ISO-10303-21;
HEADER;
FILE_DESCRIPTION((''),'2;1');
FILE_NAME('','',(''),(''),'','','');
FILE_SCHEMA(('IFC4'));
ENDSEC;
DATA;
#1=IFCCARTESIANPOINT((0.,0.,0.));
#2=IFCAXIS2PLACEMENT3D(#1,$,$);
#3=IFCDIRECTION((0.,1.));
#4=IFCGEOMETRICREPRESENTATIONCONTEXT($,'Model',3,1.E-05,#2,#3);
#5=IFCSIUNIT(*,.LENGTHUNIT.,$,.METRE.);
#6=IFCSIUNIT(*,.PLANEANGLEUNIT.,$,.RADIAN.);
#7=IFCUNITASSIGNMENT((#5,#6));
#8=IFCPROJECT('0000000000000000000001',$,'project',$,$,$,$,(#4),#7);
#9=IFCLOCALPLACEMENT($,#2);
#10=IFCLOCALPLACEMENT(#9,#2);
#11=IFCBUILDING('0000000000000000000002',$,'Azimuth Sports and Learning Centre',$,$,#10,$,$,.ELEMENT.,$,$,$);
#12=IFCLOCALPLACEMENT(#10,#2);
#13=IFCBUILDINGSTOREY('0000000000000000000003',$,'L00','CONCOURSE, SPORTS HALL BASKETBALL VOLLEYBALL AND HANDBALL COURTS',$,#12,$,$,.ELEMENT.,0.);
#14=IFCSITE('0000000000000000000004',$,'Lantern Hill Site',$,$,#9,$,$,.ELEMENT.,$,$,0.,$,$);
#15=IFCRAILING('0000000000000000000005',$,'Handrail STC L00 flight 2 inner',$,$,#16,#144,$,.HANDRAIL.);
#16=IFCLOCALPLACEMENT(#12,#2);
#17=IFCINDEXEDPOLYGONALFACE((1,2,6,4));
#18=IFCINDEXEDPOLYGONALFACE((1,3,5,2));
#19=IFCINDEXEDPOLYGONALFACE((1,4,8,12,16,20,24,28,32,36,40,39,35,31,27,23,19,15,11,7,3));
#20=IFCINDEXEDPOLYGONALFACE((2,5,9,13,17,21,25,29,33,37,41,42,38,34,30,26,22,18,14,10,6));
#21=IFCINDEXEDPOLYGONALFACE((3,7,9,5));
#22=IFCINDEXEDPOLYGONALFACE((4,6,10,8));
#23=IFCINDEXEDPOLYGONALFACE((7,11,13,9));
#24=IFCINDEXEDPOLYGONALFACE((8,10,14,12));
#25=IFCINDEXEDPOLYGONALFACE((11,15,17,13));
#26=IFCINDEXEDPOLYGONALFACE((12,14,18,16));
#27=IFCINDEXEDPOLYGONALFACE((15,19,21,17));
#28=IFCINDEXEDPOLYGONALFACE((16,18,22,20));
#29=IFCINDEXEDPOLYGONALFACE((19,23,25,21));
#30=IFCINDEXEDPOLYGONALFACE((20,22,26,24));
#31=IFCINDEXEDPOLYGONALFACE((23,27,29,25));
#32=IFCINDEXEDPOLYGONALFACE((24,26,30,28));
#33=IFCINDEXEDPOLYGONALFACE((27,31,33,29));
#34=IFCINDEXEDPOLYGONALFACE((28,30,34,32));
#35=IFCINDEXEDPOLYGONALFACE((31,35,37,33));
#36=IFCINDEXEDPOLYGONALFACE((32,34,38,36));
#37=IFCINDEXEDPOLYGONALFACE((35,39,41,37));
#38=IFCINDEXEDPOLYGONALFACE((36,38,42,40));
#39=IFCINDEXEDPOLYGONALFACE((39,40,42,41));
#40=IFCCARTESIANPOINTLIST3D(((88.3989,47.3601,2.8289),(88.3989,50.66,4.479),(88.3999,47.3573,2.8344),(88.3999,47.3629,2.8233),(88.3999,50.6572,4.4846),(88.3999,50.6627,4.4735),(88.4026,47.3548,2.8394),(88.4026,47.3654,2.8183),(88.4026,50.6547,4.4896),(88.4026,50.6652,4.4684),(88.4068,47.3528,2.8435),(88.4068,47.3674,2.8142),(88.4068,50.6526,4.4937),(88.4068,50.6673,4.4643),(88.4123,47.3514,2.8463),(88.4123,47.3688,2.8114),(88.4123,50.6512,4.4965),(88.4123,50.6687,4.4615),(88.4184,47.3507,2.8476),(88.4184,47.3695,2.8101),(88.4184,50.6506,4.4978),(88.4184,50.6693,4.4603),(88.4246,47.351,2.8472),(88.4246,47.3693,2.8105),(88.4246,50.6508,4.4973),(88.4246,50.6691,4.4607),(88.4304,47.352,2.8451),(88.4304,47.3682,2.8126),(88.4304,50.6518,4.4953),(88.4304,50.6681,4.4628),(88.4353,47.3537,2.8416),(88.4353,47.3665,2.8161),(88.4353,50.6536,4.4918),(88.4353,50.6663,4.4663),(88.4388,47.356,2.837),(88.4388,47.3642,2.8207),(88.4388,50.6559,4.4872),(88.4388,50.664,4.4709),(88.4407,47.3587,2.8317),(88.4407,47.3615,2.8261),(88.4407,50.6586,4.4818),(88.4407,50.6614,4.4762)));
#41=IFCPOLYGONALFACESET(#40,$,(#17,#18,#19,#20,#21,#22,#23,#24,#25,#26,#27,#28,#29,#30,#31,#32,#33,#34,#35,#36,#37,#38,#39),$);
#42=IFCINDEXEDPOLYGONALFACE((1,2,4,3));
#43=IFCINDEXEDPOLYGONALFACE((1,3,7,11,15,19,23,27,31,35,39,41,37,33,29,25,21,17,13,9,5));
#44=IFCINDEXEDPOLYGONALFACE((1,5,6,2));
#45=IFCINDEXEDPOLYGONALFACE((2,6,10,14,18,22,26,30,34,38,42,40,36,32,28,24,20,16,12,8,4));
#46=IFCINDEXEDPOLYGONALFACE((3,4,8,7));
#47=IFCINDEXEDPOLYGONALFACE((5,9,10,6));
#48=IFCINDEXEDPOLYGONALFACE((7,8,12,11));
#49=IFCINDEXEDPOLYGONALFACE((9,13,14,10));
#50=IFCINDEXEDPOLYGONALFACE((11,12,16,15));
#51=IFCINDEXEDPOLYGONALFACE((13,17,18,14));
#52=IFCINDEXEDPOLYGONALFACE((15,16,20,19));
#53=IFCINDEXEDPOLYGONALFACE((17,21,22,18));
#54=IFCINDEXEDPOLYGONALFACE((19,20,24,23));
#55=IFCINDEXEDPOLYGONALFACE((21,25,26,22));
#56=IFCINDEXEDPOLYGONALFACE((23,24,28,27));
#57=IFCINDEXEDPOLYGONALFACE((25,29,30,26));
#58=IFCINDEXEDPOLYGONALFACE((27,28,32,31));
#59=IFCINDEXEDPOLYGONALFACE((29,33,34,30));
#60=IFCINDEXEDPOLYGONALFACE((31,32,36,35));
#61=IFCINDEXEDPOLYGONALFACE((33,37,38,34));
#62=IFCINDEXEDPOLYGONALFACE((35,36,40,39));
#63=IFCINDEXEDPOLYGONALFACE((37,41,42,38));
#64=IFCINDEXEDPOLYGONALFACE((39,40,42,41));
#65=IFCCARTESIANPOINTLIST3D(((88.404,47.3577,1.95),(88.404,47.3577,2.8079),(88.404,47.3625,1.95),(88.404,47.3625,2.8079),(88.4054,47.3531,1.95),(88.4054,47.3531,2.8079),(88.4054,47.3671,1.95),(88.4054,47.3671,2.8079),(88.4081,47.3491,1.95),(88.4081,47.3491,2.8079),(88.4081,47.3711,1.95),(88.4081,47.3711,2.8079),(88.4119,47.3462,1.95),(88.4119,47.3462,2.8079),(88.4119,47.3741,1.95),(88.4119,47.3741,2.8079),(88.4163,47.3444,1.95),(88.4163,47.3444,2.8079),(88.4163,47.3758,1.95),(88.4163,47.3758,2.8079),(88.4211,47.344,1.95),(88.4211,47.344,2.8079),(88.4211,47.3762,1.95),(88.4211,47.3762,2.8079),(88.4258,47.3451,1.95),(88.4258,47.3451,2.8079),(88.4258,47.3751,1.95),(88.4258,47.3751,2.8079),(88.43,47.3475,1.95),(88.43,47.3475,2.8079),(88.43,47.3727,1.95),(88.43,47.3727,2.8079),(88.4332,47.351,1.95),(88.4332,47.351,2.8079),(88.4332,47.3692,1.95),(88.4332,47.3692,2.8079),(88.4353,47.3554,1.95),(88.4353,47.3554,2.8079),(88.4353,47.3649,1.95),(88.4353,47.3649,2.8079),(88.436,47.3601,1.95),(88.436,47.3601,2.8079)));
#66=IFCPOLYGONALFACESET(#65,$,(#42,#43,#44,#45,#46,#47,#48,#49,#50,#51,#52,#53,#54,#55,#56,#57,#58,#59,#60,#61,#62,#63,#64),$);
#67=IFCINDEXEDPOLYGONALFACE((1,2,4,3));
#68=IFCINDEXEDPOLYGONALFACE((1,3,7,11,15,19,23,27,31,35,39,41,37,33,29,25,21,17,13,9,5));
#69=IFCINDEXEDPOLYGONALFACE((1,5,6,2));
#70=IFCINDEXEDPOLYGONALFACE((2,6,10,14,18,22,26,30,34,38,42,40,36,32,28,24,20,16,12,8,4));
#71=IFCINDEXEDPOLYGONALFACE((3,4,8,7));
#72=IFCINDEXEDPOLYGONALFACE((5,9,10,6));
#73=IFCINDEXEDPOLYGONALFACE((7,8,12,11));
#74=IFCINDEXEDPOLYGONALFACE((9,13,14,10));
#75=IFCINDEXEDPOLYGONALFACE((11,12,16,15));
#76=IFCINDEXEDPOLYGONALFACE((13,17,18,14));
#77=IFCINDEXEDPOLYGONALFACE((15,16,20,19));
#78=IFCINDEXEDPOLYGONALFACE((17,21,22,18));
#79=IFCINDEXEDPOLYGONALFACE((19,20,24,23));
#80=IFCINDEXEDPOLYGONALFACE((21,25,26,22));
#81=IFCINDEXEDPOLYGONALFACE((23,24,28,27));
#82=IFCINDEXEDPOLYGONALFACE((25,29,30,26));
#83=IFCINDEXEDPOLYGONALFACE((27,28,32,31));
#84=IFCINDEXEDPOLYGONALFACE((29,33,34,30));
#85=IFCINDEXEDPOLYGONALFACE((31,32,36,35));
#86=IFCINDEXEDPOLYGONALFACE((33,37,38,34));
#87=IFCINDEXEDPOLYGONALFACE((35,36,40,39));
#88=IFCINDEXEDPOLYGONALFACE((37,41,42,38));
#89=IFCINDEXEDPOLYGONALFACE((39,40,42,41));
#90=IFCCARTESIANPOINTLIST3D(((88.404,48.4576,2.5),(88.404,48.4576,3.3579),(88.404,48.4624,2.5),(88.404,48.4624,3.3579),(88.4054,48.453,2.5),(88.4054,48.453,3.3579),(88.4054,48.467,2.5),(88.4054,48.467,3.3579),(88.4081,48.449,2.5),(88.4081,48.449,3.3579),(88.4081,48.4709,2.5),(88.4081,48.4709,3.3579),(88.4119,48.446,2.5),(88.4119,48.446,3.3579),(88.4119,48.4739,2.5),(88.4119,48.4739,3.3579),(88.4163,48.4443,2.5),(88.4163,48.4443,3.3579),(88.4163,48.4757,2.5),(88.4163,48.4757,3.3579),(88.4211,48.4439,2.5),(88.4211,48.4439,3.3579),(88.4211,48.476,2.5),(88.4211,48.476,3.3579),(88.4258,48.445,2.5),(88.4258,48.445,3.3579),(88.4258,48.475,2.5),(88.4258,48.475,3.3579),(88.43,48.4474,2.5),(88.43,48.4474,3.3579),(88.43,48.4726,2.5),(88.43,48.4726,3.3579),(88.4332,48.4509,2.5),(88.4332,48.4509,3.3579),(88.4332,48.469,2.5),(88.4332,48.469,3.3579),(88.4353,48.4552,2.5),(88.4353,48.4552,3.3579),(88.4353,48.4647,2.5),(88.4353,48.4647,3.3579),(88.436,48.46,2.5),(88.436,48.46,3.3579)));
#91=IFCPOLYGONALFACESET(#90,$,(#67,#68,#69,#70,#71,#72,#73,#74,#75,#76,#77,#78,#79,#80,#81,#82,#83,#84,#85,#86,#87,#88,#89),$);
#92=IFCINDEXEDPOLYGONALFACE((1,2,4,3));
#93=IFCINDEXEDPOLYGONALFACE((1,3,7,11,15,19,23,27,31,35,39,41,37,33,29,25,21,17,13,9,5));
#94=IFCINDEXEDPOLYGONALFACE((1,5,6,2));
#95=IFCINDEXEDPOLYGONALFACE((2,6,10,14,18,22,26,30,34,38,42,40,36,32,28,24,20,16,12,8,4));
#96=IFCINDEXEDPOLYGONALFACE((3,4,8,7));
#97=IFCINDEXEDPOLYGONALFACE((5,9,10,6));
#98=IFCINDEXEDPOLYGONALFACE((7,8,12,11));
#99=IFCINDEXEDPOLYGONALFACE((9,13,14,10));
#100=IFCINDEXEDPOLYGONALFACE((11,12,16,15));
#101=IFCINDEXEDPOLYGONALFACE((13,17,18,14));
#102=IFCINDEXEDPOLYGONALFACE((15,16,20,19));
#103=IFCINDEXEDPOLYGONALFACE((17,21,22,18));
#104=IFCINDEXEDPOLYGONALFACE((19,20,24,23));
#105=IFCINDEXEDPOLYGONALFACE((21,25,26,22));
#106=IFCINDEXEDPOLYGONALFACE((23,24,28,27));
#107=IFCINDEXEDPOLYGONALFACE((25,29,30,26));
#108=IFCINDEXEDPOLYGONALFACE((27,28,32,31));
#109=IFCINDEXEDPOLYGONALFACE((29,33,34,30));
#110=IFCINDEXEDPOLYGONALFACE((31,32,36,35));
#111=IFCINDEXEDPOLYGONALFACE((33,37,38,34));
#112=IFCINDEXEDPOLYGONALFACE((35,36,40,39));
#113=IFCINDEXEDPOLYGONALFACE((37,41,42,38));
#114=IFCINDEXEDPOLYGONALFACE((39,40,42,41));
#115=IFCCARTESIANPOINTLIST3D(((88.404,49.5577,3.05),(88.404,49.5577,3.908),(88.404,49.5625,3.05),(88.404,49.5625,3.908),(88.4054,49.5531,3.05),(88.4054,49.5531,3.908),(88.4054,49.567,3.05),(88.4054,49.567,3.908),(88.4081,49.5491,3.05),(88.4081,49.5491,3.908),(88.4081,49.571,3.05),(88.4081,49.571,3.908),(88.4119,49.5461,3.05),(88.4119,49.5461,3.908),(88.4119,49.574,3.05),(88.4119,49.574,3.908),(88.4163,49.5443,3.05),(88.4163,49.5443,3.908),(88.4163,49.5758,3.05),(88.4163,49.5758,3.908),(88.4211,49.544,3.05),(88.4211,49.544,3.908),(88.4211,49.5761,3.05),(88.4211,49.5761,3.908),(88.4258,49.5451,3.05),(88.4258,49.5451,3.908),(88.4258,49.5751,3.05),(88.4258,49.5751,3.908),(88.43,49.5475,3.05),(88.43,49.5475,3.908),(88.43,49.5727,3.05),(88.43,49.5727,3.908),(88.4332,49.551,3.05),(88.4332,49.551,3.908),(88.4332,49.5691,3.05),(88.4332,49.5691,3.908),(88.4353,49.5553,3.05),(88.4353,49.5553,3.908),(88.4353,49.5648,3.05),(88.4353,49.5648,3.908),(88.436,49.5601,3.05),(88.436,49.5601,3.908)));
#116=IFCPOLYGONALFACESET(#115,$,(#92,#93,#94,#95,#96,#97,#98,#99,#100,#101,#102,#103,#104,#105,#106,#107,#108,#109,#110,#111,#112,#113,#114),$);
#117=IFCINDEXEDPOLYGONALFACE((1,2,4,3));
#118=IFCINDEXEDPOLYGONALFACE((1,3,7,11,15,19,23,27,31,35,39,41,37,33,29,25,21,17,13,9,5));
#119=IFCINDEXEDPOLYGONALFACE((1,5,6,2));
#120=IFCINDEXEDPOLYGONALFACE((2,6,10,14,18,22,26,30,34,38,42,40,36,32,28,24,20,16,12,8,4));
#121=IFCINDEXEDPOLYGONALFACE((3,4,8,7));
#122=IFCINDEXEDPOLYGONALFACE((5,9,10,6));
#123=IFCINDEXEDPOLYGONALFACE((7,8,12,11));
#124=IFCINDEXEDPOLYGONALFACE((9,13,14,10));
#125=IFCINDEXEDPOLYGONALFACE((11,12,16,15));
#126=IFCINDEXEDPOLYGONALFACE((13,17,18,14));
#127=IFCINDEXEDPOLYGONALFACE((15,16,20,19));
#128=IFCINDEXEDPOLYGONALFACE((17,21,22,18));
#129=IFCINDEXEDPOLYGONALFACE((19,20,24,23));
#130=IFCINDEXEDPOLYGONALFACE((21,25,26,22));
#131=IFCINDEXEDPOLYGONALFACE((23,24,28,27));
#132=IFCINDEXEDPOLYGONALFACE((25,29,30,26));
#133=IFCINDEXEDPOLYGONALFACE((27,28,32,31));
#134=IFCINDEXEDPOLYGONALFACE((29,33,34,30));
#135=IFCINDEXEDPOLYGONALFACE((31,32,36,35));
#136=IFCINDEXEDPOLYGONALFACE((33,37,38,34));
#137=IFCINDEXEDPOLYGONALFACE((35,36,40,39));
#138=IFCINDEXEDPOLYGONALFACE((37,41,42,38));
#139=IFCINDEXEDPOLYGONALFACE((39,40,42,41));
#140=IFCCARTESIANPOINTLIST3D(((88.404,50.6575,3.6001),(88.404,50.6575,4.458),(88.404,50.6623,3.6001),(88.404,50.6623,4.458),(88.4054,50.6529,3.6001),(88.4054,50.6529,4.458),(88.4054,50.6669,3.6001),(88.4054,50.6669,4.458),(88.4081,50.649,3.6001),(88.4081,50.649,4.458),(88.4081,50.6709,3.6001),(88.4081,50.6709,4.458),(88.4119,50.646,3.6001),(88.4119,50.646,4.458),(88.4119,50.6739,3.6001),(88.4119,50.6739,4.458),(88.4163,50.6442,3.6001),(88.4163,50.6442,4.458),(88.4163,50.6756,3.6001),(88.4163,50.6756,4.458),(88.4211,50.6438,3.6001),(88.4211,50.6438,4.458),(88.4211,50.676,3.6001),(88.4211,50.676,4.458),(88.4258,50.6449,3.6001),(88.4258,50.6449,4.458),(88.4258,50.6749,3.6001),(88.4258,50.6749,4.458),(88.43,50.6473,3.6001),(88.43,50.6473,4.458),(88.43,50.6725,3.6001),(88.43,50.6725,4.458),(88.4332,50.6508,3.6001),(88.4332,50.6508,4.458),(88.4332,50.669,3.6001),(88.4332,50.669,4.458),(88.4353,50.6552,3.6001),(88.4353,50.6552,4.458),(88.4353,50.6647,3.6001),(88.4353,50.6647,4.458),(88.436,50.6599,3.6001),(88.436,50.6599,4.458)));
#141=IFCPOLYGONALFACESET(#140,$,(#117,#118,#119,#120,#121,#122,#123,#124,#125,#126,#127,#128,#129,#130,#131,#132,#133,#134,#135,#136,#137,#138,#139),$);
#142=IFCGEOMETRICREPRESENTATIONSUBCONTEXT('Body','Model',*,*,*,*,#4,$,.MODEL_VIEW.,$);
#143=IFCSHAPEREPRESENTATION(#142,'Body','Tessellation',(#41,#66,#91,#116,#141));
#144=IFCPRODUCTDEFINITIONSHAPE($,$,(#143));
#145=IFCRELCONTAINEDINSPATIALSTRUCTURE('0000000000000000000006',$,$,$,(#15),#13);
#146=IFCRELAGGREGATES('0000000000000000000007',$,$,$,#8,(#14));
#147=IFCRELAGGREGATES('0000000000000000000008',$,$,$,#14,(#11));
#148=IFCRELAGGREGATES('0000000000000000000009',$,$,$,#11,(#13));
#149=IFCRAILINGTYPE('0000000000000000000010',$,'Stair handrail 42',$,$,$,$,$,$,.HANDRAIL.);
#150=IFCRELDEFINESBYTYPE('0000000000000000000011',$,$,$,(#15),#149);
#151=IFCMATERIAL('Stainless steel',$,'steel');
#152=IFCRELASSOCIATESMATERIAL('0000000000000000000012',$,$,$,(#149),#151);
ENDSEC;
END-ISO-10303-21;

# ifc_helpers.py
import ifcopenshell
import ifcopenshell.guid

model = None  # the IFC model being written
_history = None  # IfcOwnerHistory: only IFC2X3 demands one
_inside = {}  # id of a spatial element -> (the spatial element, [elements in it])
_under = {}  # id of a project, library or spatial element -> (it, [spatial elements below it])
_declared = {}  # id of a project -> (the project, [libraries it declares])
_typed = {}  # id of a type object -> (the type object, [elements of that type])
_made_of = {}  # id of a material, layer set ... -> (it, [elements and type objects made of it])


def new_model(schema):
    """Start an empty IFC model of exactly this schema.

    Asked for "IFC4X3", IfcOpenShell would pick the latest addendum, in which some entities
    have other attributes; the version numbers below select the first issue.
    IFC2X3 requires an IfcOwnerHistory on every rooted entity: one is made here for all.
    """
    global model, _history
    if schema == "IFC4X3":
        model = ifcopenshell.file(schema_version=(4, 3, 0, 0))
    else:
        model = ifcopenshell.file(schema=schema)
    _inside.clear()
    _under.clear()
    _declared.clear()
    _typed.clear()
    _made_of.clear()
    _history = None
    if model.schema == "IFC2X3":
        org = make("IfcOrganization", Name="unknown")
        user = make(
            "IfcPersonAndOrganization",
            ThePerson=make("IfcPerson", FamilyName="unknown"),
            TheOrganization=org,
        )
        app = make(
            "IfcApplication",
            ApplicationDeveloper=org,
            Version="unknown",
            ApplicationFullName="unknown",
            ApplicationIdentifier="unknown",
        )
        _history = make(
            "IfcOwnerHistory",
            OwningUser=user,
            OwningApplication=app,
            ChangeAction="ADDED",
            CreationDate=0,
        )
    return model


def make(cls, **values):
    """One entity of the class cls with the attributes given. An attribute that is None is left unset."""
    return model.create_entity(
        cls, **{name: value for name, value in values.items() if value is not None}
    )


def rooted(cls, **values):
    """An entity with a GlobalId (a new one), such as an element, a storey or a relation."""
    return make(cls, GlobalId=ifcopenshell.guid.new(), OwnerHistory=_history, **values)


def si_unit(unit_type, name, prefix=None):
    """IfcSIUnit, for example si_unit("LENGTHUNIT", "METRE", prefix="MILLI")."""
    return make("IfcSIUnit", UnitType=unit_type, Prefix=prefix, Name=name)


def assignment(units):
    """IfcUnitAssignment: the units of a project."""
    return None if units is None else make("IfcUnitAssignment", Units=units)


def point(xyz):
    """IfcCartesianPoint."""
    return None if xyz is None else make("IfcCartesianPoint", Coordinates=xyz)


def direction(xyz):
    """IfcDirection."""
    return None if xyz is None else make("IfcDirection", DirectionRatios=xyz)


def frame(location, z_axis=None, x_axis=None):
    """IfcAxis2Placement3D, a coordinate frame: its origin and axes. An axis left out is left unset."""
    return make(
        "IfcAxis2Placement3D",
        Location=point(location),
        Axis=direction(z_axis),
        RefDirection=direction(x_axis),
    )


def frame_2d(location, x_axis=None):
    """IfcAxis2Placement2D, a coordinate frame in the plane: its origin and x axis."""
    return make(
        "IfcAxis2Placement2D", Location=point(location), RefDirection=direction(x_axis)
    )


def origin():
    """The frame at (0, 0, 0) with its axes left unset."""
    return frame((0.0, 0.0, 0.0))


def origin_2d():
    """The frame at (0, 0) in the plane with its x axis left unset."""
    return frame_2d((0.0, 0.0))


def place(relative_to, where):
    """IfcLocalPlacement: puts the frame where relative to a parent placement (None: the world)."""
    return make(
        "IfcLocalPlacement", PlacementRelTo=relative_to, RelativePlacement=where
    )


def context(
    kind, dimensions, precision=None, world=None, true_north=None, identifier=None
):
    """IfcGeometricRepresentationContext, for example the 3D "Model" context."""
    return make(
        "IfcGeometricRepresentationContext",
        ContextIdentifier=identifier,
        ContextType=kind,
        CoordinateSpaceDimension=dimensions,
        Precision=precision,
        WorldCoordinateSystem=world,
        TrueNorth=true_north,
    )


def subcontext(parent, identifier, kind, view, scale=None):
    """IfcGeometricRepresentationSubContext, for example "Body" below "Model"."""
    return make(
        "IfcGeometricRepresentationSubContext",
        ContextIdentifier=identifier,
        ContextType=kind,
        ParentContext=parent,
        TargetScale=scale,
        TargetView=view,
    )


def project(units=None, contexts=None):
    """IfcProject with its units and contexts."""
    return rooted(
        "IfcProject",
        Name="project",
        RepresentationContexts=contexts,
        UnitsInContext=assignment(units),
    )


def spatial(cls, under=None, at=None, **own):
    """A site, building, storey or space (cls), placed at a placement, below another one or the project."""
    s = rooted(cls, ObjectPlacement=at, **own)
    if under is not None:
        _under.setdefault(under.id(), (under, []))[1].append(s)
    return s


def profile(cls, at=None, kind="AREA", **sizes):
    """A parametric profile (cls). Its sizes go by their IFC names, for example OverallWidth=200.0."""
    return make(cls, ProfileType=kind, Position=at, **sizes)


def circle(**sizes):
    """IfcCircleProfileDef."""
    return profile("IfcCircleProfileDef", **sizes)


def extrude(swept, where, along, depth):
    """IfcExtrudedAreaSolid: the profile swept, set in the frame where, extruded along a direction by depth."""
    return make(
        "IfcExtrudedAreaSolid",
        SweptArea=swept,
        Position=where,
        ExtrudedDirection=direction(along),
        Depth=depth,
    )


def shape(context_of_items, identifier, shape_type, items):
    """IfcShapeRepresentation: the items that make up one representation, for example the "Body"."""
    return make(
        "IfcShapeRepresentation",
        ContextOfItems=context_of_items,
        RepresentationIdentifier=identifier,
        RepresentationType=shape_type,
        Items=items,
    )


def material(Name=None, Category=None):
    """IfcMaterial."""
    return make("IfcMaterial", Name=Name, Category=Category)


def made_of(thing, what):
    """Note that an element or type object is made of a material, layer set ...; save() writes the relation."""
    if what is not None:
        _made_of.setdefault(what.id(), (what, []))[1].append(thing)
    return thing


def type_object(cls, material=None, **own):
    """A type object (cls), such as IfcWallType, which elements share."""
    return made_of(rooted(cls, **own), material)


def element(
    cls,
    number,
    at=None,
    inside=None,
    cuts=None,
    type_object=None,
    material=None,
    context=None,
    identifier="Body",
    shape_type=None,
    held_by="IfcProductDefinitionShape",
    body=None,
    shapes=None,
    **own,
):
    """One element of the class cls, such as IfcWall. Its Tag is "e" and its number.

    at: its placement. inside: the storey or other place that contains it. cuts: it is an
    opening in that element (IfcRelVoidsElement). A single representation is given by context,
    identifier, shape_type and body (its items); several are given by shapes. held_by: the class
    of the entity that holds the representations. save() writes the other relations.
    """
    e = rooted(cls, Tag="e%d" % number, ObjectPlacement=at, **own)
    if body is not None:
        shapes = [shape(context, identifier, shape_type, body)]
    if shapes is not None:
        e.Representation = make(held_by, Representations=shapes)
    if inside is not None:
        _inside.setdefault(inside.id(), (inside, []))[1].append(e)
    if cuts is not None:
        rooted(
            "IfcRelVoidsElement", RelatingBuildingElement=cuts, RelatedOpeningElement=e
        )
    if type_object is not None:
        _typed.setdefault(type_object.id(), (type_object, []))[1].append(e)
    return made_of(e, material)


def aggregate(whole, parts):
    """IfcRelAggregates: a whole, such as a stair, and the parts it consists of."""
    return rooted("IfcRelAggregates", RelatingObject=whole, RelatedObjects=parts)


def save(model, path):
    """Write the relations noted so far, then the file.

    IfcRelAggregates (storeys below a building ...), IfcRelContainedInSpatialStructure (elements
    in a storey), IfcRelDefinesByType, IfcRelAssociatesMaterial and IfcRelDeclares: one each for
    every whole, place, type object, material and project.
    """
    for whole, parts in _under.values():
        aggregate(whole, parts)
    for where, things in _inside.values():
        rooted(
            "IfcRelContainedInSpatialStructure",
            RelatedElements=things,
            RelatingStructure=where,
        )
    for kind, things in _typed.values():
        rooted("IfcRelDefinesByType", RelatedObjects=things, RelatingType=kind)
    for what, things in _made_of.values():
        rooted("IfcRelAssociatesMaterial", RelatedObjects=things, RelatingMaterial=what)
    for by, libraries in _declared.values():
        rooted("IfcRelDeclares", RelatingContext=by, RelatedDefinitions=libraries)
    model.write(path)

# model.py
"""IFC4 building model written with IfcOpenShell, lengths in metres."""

from ifc_helpers import new_model, si_unit, direction, frame, origin, origin_2d, place, context, subcontext, project, spatial, circle, extrude, material, type_object, element, save


model = new_model("IFC4")

# Units and contexts
model_context = context("Model", 3, precision=1e-05, world=origin(), true_north=direction((0.0, 1.0)))
body_context = subcontext(model_context, "Body", "Model", "MODEL_VIEW")
ifc_project = project(units=[si_unit("LENGTHUNIT", "METRE"), si_unit("PLANEANGLEUNIT", "RADIAN")], contexts=[model_context])

# Site, building, storey
site_placement = place(None, origin())
site = spatial("IfcSite", under=ifc_project, at=site_placement, Name="Lantern Hill Site", CompositionType="ELEMENT", RefElevation=0.0)
building_placement = place(site_placement, origin())
building = spatial("IfcBuilding", under=site, at=building_placement, Name="Azimuth Sports and Learning Centre", CompositionType="ELEMENT")
storey_placement = place(building_placement, origin())
storey = spatial("IfcBuildingStorey", under=building, at=storey_placement, Name="L00", Description="CONCOURSE, SPORTS HALL BASKETBALL VOLLEYBALL AND HANDBALL COURTS", CompositionType="ELEMENT", Elevation=0.0)

# Railing
ifc_material_1 = material(Name="Stainless steel", Category="steel")
railing_type_1 = type_object("IfcRailingType", Name="Stair handrail 42", PredefinedType="HANDRAIL", material=ifc_material_1)
for number, where, name in (
    (1, (88.4199, 47.3601, 1.95), "Handrail STC L00 flight 2 inner"),
):
    element("IfcRailing", number, at=place(storey_placement, frame(where)), inside=storey, type_object=railing_type_1, Name=name, PredefinedType="HANDRAIL", context=body_context, shape_type="SweptSolid", body=[
        extrude(circle(Radius=0.021, at=origin_2d()), frame((0.0, 0.0, 0.8789), z_axis=(0.0, 0.894401, 0.447267), x_axis=(-1.0, 0.0, 0.0)), (0.0, 0.0, 1.0), 3.6895),
        extrude(circle(Radius=0.0161, at=origin_2d()), origin(), (0.0, 0.0, 1.0), 0.8579),
        extrude(circle(Radius=0.0161, at=origin_2d()), frame((0.0, 1.0999, 0.55)), (0.0, 0.0, 1.0), 0.8579),
        extrude(circle(Radius=0.0161, at=origin_2d()), frame((0.0, 2.2, 1.1001)), (0.0, 0.0, 1.0), 0.8579),
        extrude(circle(Radius=0.0161, at=origin_2d()), frame((0.0, 3.2998, 1.6501)), (0.0, 0.0, 1.0), 0.8579),
    ])

save(model, "model.ifc")
